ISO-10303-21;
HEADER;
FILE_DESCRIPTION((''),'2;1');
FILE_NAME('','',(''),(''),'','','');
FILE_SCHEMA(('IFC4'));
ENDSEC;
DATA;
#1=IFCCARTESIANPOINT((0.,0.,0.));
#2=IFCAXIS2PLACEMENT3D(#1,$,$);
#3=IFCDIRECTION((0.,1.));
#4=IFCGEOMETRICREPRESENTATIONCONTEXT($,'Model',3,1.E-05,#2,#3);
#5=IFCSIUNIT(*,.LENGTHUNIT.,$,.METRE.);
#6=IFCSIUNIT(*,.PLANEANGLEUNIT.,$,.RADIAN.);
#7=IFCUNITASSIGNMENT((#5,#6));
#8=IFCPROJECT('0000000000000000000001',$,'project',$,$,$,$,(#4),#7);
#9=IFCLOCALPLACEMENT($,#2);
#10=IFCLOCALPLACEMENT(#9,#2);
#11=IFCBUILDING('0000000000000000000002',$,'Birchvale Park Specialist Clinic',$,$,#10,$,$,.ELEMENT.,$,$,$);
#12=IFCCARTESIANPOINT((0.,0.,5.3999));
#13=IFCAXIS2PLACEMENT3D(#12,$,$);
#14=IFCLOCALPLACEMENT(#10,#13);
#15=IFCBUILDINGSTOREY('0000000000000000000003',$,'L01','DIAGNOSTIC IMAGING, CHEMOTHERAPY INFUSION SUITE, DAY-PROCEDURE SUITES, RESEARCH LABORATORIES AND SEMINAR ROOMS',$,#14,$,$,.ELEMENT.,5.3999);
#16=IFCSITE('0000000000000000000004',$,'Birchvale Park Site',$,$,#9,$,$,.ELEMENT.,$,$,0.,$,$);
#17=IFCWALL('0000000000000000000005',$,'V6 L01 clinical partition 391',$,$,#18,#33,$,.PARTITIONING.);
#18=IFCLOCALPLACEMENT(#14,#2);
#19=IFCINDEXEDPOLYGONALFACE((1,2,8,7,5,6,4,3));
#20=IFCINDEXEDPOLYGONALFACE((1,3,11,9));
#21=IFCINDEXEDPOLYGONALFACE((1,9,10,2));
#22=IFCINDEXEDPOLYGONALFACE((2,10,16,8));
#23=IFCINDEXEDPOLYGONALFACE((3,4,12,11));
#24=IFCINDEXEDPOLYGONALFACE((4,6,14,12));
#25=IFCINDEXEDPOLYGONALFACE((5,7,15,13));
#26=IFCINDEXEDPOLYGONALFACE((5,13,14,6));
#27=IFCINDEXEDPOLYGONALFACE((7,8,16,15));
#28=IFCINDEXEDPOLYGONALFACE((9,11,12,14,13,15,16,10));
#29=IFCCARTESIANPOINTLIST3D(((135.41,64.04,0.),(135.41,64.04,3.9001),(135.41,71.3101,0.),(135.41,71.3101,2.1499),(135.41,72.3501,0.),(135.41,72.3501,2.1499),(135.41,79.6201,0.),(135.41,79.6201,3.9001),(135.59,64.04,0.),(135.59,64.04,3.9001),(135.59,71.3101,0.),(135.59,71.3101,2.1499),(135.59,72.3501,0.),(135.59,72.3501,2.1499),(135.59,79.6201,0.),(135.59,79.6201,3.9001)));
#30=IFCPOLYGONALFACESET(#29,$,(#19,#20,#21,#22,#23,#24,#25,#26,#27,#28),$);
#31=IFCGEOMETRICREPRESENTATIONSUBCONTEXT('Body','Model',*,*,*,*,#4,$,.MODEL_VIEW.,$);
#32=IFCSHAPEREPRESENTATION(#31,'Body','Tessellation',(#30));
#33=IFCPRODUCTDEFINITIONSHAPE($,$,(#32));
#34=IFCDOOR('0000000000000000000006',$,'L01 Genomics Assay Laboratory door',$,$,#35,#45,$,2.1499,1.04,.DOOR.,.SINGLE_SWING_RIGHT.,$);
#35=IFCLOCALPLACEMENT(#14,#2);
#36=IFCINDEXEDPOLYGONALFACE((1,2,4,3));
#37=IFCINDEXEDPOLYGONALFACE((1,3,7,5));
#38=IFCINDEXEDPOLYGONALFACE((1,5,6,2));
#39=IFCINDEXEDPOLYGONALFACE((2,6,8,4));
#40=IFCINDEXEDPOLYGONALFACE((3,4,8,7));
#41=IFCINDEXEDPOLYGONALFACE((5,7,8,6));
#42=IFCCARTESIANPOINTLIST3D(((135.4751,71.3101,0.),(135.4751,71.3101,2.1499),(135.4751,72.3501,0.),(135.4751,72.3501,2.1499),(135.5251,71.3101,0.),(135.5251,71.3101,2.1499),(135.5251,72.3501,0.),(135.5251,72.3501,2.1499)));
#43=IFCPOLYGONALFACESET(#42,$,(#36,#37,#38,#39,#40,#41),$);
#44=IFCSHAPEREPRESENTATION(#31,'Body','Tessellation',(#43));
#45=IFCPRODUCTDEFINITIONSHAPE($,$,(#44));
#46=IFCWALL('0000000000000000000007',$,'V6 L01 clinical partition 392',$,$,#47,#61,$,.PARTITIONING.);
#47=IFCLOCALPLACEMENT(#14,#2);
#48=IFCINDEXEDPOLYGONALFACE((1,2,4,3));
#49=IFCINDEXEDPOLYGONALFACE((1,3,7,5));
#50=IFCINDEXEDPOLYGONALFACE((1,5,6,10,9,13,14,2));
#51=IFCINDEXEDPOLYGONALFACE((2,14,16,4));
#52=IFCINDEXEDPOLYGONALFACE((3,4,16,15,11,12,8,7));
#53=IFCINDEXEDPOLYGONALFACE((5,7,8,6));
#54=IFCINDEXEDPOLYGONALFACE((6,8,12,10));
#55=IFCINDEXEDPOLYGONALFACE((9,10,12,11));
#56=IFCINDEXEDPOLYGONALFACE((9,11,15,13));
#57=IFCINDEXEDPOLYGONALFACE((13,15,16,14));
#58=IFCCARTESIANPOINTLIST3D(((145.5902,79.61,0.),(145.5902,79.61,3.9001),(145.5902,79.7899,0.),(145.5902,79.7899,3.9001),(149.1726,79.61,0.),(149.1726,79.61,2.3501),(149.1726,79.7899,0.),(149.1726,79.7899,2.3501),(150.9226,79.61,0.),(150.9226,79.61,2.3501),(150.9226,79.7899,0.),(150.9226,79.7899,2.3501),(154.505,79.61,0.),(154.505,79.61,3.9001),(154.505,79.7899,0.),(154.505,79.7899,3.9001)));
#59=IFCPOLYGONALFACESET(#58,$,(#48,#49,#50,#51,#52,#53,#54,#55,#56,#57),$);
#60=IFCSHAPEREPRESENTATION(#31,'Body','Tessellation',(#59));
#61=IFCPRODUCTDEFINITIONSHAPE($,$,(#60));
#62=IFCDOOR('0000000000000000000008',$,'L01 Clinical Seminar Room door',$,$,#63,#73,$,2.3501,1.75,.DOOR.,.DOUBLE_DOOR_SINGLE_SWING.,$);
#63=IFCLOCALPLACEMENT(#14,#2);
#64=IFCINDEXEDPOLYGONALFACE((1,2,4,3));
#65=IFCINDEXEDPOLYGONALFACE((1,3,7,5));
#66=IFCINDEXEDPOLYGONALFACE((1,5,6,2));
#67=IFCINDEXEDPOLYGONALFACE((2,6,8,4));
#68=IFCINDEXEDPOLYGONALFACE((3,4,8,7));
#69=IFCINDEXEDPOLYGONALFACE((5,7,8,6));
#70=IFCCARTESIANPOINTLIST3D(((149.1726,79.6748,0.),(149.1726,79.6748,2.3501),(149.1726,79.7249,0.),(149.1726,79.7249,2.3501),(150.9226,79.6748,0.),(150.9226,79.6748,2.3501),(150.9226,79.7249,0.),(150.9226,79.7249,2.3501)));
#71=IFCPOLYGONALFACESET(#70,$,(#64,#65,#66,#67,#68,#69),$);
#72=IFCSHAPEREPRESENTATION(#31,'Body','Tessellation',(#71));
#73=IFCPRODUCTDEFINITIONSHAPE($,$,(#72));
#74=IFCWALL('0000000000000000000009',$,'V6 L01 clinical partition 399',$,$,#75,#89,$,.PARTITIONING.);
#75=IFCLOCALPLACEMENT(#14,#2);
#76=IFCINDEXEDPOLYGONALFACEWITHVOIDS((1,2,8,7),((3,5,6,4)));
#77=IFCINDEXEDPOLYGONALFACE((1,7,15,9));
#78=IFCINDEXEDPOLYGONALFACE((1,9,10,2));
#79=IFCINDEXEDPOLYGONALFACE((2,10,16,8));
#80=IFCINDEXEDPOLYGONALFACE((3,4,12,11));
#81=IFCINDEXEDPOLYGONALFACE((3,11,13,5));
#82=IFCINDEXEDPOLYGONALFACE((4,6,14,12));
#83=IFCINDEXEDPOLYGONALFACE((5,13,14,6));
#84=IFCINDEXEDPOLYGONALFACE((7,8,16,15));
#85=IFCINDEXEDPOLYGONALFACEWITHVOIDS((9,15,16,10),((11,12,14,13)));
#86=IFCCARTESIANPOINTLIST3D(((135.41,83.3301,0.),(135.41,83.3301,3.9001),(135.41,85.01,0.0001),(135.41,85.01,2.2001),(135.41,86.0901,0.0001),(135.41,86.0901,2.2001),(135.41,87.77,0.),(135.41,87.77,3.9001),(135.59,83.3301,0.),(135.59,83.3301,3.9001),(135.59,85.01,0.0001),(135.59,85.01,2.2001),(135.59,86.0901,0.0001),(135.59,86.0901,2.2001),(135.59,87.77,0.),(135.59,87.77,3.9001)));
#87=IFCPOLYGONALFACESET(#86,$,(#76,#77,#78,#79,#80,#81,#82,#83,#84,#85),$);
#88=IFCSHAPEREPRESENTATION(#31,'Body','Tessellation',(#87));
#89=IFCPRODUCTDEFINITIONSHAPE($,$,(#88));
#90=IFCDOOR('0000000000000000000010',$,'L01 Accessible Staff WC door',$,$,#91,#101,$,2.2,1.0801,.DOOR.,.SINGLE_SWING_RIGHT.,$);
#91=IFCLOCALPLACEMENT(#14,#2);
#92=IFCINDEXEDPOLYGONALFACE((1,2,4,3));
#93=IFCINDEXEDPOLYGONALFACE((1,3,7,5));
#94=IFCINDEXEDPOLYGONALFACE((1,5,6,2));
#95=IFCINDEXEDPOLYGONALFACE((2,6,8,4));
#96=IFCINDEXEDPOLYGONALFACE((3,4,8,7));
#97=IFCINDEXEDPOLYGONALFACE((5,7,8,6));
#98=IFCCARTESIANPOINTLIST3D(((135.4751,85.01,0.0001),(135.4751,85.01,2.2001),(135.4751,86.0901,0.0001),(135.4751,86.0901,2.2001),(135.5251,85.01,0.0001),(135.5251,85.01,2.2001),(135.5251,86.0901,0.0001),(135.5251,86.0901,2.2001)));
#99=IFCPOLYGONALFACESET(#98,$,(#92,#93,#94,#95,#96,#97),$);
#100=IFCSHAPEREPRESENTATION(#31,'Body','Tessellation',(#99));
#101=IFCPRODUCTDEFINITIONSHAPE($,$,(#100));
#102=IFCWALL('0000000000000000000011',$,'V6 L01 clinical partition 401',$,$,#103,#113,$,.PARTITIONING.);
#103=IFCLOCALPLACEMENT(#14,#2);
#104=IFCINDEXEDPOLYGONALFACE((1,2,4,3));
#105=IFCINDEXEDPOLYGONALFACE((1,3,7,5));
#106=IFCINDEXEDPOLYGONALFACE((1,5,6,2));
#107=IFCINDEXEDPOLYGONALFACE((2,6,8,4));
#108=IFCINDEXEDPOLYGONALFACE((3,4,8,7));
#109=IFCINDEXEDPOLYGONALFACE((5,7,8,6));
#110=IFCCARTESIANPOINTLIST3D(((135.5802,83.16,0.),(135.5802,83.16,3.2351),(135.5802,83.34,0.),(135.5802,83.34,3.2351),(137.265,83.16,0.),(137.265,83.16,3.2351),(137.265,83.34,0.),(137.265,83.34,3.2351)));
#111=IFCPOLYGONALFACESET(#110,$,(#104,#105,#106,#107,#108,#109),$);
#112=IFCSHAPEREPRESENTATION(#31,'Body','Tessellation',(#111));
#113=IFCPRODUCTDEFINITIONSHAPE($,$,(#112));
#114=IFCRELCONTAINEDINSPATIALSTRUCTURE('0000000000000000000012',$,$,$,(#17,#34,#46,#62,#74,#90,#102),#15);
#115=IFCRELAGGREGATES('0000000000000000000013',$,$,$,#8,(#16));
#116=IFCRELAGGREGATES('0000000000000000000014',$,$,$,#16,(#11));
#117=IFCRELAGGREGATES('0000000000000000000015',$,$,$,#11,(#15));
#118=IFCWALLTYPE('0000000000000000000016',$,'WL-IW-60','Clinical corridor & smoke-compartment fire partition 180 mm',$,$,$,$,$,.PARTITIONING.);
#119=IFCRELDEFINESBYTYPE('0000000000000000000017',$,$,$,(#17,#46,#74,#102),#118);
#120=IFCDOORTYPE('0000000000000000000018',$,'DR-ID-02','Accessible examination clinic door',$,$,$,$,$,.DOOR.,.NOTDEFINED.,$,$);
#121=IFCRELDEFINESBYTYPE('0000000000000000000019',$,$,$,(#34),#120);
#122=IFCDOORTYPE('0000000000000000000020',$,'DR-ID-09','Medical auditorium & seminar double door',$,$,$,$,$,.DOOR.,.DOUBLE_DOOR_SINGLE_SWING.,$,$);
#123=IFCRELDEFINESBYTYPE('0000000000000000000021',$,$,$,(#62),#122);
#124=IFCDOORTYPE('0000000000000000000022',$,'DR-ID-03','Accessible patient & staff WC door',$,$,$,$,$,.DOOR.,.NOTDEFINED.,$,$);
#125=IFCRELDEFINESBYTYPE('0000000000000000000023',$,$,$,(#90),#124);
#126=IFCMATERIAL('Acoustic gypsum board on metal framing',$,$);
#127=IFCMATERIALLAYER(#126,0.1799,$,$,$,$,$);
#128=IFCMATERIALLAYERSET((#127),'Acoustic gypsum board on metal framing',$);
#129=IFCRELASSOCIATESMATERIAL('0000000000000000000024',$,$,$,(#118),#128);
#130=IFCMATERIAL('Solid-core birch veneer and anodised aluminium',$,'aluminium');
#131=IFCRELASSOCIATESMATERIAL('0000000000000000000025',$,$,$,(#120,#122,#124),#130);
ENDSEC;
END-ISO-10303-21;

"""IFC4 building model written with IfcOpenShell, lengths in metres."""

from ifc_helpers import new_model, si_unit, direction, frame, frame_2d, origin, place, context, subcontext, project, spatial, rectangle, extrude, material, layer, layer_set, type_object, element, fill, save


model = new_model("IFC4")

# Units and contexts
model_context = context("Model", 3, precision=1e-05, world=origin(), true_north=direction((0.0, 1.0)))
body_context = subcontext(model_context, "Body", "Model", "MODEL_VIEW")
ifc_project = project(units=[si_unit("LENGTHUNIT", "METRE"), si_unit("PLANEANGLEUNIT", "RADIAN")], contexts=[model_context])

# Site, building, storey
site_placement = place(None, origin())
site = spatial("IfcSite", under=ifc_project, at=site_placement, Name="Birchvale Park Site", CompositionType="ELEMENT", RefElevation=0.0)
building_placement = place(site_placement, origin())
building = spatial("IfcBuilding", under=site, at=building_placement, Name="Birchvale Park Specialist Clinic", CompositionType="ELEMENT")
storey_placement = place(building_placement, frame((0.0, 0.0, 5.3999)))
storey = spatial("IfcBuildingStorey", under=building, at=storey_placement, Name="L01", Description="DIAGNOSTIC IMAGING, CHEMOTHERAPY INFUSION SUITE, DAY-PROCEDURE SUITES, RESEARCH LABORATORIES AND SEMINAR ROOMS", CompositionType="ELEMENT", Elevation=5.3999)

# Shared definitions
ifc_material_1 = material(Name="Solid-core birch veneer and anodised aluminium", Category="aluminium")

# Shared definitions
ifc_material_2 = material(Name="Acoustic gypsum board on metal framing")
ifc_layer_1 = layer(ifc_material_2, 0.1799)
ifc_layer_set_1 = layer_set([ifc_layer_1], Name="Acoustic gypsum board on metal framing")
wall_type_1 = type_object("IfcWallType", Name="WL-IW-60", Description="Clinical corridor & smoke-compartment fire partition 180 mm", PredefinedType="PARTITIONING", material=ifc_layer_set_1)

# Walls, openings, doors
wall_1_placement = place(storey_placement, frame((135.5, 64.04, 0.0), z_axis=(0.0, 0.0, 1.0), x_axis=(0.0, 1.0, 0.0)))
wall_1 = element("IfcWall", 1, at=wall_1_placement, inside=storey, type_object=wall_type_1, Name="V6 L01 clinical partition 391", PredefinedType="PARTITIONING", context=body_context, shape_type="SweptSolid", body=[
    extrude(rectangle(XDim=15.5801, YDim=0.1799, at=frame_2d((7.79, 0.0))), origin(), (0.0, 0.0, 1.0), 3.9001),
])
opening_1_placement = place(wall_1_placement, frame((7.27, 0.0, 0.0)))
opening_1 = element("IfcOpeningElement", 2, at=opening_1_placement, cuts=wall_1, PredefinedType="OPENING", context=body_context, shape_type="SweptSolid", body=[
    extrude(rectangle(XDim=1.04, YDim=2.1499, at=frame_2d((0.52, 1.075))), frame((0.0, 0.1001, 0.0), z_axis=(0.0, -1.0, 0.0), x_axis=(1.0, 0.0, 0.0)), (0.0, 0.0, 1.0), 0.2),
])
door_type_1 = type_object("IfcDoorType", Name="DR-ID-02", Description="Accessible examination clinic door", OperationType="NOTDEFINED", PredefinedType="DOOR", material=ifc_material_1)
door_1_placement = place(opening_1_placement, origin())
door_1 = element("IfcDoor", 3, at=door_1_placement, inside=storey, type_object=door_type_1, Name="L01 Genomics Assay Laboratory door", OperationType="SINGLE_SWING_RIGHT", OverallHeight=2.1499, OverallWidth=1.04, PredefinedType="DOOR", context=body_context, shape_type="SweptSolid", body=[
    extrude(rectangle(XDim=1.04, YDim=2.1499, at=frame_2d((0.52, 1.075))), frame((0.0, 0.0249, 0.0), z_axis=(0.0, -1.0, 0.0), x_axis=(1.0, 0.0, 0.0)), (0.0, 0.0, 1.0), 0.05),
])
fill(opening_1, door_1)
wall_2_placement = place(storey_placement, frame((145.5901, 79.7, 0.0), z_axis=(0.0, 0.0, 1.0), x_axis=(1.0, 0.0, 0.0)))
wall_2 = element("IfcWall", 4, at=wall_2_placement, inside=storey, type_object=wall_type_1, Name="V6 L01 clinical partition 392", PredefinedType="PARTITIONING", context=body_context, shape_type="SweptSolid", body=[
    extrude(rectangle(XDim=8.9148, YDim=0.1799, at=frame_2d((4.4575, 0.0))), origin(), (0.0, 0.0, 1.0), 3.9001),
])
opening_2_placement = place(wall_2_placement, frame((3.5825, 0.0, 0.0)))
opening_2 = element("IfcOpeningElement", 5, at=opening_2_placement, cuts=wall_2, PredefinedType="OPENING", context=body_context, shape_type="SweptSolid", body=[
    extrude(rectangle(XDim=1.75, YDim=2.3501, at=frame_2d((0.875, 1.175))), frame((0.0, 0.1001, 0.0), z_axis=(0.0, -1.0, 0.0), x_axis=(1.0, 0.0, 0.0)), (0.0, 0.0, 1.0), 0.2),
])
door_type_2 = type_object("IfcDoorType", Name="DR-ID-09", Description="Medical auditorium & seminar double door", OperationType="DOUBLE_DOOR_SINGLE_SWING", PredefinedType="DOOR", material=ifc_material_1)
door_2_placement = place(opening_2_placement, origin())
door_2 = element("IfcDoor", 6, at=door_2_placement, inside=storey, type_object=door_type_2, Name="L01 Clinical Seminar Room door", OperationType="DOUBLE_DOOR_SINGLE_SWING", OverallHeight=2.3501, OverallWidth=1.75, PredefinedType="DOOR", context=body_context, shape_type="SweptSolid", body=[
    extrude(rectangle(XDim=1.75, YDim=2.3501, at=frame_2d((0.875, 1.175))), frame((0.0, 0.0249, 0.0), z_axis=(0.0, -1.0, 0.0), x_axis=(1.0, 0.0, 0.0)), (0.0, 0.0, 1.0), 0.05),
])
fill(opening_2, door_2)
wall_3_placement = place(storey_placement, frame((135.5, 83.3301, 0.0), z_axis=(0.0, 0.0, 1.0), x_axis=(0.0, 1.0, 0.0)))
wall_3 = element("IfcWall", 7, at=wall_3_placement, inside=storey, type_object=wall_type_1, Name="V6 L01 clinical partition 399", PredefinedType="PARTITIONING", context=body_context, shape_type="SweptSolid", body=[
    extrude(rectangle(XDim=4.4399, YDim=0.1799, at=frame_2d((2.22, 0.0))), origin(), (0.0, 0.0, 1.0), 3.9001),
])
opening_3_placement = place(wall_3_placement, frame((1.6799, 0.0, 0.0)))
opening_3 = element("IfcOpeningElement", 8, at=opening_3_placement, cuts=wall_3, PredefinedType="OPENING", context=body_context, shape_type="SweptSolid", body=[
    extrude(rectangle(XDim=1.0801, YDim=2.2, at=frame_2d((0.54, 1.1001))), frame((0.0, 0.1001, 0.0), z_axis=(0.0, -1.0, 0.0), x_axis=(1.0, 0.0, 0.0)), (0.0, 0.0, 1.0), 0.2),
])
door_type_3 = type_object("IfcDoorType", Name="DR-ID-03", Description="Accessible patient & staff WC door", OperationType="NOTDEFINED", PredefinedType="DOOR", material=ifc_material_1)
door_3_placement = place(opening_3_placement, origin())
door_3 = element("IfcDoor", 9, at=door_3_placement, inside=storey, type_object=door_type_3, Name="L01 Accessible Staff WC door", OperationType="SINGLE_SWING_RIGHT", OverallHeight=2.2, OverallWidth=1.0801, PredefinedType="DOOR", context=body_context, shape_type="SweptSolid", body=[
    extrude(rectangle(XDim=1.0801, YDim=2.2, at=frame_2d((0.54, 1.1001))), frame((0.0, 0.0249, 0.0), z_axis=(0.0, -1.0, 0.0), x_axis=(1.0, 0.0, 0.0)), (0.0, 0.0, 1.0), 0.05),
])
fill(opening_3, door_3)

# Wall
wall_4_placement = place(storey_placement, frame((137.2649, 83.25, 0.0), z_axis=(0.0, 0.0, 1.0), x_axis=(-1.0, 0.0, 0.0)))
element("IfcWall", 10, at=wall_4_placement, inside=storey, type_object=wall_type_1, Name="V6 L01 clinical partition 401", PredefinedType="PARTITIONING", context=body_context, shape_type="SweptSolid", body=[
    extrude(rectangle(XDim=1.6848, YDim=0.1799, at=frame_2d((0.8423, 0.0))), origin(), (0.0, 0.0, 1.0), 3.2351),
])

save(model, "model.ifc")
